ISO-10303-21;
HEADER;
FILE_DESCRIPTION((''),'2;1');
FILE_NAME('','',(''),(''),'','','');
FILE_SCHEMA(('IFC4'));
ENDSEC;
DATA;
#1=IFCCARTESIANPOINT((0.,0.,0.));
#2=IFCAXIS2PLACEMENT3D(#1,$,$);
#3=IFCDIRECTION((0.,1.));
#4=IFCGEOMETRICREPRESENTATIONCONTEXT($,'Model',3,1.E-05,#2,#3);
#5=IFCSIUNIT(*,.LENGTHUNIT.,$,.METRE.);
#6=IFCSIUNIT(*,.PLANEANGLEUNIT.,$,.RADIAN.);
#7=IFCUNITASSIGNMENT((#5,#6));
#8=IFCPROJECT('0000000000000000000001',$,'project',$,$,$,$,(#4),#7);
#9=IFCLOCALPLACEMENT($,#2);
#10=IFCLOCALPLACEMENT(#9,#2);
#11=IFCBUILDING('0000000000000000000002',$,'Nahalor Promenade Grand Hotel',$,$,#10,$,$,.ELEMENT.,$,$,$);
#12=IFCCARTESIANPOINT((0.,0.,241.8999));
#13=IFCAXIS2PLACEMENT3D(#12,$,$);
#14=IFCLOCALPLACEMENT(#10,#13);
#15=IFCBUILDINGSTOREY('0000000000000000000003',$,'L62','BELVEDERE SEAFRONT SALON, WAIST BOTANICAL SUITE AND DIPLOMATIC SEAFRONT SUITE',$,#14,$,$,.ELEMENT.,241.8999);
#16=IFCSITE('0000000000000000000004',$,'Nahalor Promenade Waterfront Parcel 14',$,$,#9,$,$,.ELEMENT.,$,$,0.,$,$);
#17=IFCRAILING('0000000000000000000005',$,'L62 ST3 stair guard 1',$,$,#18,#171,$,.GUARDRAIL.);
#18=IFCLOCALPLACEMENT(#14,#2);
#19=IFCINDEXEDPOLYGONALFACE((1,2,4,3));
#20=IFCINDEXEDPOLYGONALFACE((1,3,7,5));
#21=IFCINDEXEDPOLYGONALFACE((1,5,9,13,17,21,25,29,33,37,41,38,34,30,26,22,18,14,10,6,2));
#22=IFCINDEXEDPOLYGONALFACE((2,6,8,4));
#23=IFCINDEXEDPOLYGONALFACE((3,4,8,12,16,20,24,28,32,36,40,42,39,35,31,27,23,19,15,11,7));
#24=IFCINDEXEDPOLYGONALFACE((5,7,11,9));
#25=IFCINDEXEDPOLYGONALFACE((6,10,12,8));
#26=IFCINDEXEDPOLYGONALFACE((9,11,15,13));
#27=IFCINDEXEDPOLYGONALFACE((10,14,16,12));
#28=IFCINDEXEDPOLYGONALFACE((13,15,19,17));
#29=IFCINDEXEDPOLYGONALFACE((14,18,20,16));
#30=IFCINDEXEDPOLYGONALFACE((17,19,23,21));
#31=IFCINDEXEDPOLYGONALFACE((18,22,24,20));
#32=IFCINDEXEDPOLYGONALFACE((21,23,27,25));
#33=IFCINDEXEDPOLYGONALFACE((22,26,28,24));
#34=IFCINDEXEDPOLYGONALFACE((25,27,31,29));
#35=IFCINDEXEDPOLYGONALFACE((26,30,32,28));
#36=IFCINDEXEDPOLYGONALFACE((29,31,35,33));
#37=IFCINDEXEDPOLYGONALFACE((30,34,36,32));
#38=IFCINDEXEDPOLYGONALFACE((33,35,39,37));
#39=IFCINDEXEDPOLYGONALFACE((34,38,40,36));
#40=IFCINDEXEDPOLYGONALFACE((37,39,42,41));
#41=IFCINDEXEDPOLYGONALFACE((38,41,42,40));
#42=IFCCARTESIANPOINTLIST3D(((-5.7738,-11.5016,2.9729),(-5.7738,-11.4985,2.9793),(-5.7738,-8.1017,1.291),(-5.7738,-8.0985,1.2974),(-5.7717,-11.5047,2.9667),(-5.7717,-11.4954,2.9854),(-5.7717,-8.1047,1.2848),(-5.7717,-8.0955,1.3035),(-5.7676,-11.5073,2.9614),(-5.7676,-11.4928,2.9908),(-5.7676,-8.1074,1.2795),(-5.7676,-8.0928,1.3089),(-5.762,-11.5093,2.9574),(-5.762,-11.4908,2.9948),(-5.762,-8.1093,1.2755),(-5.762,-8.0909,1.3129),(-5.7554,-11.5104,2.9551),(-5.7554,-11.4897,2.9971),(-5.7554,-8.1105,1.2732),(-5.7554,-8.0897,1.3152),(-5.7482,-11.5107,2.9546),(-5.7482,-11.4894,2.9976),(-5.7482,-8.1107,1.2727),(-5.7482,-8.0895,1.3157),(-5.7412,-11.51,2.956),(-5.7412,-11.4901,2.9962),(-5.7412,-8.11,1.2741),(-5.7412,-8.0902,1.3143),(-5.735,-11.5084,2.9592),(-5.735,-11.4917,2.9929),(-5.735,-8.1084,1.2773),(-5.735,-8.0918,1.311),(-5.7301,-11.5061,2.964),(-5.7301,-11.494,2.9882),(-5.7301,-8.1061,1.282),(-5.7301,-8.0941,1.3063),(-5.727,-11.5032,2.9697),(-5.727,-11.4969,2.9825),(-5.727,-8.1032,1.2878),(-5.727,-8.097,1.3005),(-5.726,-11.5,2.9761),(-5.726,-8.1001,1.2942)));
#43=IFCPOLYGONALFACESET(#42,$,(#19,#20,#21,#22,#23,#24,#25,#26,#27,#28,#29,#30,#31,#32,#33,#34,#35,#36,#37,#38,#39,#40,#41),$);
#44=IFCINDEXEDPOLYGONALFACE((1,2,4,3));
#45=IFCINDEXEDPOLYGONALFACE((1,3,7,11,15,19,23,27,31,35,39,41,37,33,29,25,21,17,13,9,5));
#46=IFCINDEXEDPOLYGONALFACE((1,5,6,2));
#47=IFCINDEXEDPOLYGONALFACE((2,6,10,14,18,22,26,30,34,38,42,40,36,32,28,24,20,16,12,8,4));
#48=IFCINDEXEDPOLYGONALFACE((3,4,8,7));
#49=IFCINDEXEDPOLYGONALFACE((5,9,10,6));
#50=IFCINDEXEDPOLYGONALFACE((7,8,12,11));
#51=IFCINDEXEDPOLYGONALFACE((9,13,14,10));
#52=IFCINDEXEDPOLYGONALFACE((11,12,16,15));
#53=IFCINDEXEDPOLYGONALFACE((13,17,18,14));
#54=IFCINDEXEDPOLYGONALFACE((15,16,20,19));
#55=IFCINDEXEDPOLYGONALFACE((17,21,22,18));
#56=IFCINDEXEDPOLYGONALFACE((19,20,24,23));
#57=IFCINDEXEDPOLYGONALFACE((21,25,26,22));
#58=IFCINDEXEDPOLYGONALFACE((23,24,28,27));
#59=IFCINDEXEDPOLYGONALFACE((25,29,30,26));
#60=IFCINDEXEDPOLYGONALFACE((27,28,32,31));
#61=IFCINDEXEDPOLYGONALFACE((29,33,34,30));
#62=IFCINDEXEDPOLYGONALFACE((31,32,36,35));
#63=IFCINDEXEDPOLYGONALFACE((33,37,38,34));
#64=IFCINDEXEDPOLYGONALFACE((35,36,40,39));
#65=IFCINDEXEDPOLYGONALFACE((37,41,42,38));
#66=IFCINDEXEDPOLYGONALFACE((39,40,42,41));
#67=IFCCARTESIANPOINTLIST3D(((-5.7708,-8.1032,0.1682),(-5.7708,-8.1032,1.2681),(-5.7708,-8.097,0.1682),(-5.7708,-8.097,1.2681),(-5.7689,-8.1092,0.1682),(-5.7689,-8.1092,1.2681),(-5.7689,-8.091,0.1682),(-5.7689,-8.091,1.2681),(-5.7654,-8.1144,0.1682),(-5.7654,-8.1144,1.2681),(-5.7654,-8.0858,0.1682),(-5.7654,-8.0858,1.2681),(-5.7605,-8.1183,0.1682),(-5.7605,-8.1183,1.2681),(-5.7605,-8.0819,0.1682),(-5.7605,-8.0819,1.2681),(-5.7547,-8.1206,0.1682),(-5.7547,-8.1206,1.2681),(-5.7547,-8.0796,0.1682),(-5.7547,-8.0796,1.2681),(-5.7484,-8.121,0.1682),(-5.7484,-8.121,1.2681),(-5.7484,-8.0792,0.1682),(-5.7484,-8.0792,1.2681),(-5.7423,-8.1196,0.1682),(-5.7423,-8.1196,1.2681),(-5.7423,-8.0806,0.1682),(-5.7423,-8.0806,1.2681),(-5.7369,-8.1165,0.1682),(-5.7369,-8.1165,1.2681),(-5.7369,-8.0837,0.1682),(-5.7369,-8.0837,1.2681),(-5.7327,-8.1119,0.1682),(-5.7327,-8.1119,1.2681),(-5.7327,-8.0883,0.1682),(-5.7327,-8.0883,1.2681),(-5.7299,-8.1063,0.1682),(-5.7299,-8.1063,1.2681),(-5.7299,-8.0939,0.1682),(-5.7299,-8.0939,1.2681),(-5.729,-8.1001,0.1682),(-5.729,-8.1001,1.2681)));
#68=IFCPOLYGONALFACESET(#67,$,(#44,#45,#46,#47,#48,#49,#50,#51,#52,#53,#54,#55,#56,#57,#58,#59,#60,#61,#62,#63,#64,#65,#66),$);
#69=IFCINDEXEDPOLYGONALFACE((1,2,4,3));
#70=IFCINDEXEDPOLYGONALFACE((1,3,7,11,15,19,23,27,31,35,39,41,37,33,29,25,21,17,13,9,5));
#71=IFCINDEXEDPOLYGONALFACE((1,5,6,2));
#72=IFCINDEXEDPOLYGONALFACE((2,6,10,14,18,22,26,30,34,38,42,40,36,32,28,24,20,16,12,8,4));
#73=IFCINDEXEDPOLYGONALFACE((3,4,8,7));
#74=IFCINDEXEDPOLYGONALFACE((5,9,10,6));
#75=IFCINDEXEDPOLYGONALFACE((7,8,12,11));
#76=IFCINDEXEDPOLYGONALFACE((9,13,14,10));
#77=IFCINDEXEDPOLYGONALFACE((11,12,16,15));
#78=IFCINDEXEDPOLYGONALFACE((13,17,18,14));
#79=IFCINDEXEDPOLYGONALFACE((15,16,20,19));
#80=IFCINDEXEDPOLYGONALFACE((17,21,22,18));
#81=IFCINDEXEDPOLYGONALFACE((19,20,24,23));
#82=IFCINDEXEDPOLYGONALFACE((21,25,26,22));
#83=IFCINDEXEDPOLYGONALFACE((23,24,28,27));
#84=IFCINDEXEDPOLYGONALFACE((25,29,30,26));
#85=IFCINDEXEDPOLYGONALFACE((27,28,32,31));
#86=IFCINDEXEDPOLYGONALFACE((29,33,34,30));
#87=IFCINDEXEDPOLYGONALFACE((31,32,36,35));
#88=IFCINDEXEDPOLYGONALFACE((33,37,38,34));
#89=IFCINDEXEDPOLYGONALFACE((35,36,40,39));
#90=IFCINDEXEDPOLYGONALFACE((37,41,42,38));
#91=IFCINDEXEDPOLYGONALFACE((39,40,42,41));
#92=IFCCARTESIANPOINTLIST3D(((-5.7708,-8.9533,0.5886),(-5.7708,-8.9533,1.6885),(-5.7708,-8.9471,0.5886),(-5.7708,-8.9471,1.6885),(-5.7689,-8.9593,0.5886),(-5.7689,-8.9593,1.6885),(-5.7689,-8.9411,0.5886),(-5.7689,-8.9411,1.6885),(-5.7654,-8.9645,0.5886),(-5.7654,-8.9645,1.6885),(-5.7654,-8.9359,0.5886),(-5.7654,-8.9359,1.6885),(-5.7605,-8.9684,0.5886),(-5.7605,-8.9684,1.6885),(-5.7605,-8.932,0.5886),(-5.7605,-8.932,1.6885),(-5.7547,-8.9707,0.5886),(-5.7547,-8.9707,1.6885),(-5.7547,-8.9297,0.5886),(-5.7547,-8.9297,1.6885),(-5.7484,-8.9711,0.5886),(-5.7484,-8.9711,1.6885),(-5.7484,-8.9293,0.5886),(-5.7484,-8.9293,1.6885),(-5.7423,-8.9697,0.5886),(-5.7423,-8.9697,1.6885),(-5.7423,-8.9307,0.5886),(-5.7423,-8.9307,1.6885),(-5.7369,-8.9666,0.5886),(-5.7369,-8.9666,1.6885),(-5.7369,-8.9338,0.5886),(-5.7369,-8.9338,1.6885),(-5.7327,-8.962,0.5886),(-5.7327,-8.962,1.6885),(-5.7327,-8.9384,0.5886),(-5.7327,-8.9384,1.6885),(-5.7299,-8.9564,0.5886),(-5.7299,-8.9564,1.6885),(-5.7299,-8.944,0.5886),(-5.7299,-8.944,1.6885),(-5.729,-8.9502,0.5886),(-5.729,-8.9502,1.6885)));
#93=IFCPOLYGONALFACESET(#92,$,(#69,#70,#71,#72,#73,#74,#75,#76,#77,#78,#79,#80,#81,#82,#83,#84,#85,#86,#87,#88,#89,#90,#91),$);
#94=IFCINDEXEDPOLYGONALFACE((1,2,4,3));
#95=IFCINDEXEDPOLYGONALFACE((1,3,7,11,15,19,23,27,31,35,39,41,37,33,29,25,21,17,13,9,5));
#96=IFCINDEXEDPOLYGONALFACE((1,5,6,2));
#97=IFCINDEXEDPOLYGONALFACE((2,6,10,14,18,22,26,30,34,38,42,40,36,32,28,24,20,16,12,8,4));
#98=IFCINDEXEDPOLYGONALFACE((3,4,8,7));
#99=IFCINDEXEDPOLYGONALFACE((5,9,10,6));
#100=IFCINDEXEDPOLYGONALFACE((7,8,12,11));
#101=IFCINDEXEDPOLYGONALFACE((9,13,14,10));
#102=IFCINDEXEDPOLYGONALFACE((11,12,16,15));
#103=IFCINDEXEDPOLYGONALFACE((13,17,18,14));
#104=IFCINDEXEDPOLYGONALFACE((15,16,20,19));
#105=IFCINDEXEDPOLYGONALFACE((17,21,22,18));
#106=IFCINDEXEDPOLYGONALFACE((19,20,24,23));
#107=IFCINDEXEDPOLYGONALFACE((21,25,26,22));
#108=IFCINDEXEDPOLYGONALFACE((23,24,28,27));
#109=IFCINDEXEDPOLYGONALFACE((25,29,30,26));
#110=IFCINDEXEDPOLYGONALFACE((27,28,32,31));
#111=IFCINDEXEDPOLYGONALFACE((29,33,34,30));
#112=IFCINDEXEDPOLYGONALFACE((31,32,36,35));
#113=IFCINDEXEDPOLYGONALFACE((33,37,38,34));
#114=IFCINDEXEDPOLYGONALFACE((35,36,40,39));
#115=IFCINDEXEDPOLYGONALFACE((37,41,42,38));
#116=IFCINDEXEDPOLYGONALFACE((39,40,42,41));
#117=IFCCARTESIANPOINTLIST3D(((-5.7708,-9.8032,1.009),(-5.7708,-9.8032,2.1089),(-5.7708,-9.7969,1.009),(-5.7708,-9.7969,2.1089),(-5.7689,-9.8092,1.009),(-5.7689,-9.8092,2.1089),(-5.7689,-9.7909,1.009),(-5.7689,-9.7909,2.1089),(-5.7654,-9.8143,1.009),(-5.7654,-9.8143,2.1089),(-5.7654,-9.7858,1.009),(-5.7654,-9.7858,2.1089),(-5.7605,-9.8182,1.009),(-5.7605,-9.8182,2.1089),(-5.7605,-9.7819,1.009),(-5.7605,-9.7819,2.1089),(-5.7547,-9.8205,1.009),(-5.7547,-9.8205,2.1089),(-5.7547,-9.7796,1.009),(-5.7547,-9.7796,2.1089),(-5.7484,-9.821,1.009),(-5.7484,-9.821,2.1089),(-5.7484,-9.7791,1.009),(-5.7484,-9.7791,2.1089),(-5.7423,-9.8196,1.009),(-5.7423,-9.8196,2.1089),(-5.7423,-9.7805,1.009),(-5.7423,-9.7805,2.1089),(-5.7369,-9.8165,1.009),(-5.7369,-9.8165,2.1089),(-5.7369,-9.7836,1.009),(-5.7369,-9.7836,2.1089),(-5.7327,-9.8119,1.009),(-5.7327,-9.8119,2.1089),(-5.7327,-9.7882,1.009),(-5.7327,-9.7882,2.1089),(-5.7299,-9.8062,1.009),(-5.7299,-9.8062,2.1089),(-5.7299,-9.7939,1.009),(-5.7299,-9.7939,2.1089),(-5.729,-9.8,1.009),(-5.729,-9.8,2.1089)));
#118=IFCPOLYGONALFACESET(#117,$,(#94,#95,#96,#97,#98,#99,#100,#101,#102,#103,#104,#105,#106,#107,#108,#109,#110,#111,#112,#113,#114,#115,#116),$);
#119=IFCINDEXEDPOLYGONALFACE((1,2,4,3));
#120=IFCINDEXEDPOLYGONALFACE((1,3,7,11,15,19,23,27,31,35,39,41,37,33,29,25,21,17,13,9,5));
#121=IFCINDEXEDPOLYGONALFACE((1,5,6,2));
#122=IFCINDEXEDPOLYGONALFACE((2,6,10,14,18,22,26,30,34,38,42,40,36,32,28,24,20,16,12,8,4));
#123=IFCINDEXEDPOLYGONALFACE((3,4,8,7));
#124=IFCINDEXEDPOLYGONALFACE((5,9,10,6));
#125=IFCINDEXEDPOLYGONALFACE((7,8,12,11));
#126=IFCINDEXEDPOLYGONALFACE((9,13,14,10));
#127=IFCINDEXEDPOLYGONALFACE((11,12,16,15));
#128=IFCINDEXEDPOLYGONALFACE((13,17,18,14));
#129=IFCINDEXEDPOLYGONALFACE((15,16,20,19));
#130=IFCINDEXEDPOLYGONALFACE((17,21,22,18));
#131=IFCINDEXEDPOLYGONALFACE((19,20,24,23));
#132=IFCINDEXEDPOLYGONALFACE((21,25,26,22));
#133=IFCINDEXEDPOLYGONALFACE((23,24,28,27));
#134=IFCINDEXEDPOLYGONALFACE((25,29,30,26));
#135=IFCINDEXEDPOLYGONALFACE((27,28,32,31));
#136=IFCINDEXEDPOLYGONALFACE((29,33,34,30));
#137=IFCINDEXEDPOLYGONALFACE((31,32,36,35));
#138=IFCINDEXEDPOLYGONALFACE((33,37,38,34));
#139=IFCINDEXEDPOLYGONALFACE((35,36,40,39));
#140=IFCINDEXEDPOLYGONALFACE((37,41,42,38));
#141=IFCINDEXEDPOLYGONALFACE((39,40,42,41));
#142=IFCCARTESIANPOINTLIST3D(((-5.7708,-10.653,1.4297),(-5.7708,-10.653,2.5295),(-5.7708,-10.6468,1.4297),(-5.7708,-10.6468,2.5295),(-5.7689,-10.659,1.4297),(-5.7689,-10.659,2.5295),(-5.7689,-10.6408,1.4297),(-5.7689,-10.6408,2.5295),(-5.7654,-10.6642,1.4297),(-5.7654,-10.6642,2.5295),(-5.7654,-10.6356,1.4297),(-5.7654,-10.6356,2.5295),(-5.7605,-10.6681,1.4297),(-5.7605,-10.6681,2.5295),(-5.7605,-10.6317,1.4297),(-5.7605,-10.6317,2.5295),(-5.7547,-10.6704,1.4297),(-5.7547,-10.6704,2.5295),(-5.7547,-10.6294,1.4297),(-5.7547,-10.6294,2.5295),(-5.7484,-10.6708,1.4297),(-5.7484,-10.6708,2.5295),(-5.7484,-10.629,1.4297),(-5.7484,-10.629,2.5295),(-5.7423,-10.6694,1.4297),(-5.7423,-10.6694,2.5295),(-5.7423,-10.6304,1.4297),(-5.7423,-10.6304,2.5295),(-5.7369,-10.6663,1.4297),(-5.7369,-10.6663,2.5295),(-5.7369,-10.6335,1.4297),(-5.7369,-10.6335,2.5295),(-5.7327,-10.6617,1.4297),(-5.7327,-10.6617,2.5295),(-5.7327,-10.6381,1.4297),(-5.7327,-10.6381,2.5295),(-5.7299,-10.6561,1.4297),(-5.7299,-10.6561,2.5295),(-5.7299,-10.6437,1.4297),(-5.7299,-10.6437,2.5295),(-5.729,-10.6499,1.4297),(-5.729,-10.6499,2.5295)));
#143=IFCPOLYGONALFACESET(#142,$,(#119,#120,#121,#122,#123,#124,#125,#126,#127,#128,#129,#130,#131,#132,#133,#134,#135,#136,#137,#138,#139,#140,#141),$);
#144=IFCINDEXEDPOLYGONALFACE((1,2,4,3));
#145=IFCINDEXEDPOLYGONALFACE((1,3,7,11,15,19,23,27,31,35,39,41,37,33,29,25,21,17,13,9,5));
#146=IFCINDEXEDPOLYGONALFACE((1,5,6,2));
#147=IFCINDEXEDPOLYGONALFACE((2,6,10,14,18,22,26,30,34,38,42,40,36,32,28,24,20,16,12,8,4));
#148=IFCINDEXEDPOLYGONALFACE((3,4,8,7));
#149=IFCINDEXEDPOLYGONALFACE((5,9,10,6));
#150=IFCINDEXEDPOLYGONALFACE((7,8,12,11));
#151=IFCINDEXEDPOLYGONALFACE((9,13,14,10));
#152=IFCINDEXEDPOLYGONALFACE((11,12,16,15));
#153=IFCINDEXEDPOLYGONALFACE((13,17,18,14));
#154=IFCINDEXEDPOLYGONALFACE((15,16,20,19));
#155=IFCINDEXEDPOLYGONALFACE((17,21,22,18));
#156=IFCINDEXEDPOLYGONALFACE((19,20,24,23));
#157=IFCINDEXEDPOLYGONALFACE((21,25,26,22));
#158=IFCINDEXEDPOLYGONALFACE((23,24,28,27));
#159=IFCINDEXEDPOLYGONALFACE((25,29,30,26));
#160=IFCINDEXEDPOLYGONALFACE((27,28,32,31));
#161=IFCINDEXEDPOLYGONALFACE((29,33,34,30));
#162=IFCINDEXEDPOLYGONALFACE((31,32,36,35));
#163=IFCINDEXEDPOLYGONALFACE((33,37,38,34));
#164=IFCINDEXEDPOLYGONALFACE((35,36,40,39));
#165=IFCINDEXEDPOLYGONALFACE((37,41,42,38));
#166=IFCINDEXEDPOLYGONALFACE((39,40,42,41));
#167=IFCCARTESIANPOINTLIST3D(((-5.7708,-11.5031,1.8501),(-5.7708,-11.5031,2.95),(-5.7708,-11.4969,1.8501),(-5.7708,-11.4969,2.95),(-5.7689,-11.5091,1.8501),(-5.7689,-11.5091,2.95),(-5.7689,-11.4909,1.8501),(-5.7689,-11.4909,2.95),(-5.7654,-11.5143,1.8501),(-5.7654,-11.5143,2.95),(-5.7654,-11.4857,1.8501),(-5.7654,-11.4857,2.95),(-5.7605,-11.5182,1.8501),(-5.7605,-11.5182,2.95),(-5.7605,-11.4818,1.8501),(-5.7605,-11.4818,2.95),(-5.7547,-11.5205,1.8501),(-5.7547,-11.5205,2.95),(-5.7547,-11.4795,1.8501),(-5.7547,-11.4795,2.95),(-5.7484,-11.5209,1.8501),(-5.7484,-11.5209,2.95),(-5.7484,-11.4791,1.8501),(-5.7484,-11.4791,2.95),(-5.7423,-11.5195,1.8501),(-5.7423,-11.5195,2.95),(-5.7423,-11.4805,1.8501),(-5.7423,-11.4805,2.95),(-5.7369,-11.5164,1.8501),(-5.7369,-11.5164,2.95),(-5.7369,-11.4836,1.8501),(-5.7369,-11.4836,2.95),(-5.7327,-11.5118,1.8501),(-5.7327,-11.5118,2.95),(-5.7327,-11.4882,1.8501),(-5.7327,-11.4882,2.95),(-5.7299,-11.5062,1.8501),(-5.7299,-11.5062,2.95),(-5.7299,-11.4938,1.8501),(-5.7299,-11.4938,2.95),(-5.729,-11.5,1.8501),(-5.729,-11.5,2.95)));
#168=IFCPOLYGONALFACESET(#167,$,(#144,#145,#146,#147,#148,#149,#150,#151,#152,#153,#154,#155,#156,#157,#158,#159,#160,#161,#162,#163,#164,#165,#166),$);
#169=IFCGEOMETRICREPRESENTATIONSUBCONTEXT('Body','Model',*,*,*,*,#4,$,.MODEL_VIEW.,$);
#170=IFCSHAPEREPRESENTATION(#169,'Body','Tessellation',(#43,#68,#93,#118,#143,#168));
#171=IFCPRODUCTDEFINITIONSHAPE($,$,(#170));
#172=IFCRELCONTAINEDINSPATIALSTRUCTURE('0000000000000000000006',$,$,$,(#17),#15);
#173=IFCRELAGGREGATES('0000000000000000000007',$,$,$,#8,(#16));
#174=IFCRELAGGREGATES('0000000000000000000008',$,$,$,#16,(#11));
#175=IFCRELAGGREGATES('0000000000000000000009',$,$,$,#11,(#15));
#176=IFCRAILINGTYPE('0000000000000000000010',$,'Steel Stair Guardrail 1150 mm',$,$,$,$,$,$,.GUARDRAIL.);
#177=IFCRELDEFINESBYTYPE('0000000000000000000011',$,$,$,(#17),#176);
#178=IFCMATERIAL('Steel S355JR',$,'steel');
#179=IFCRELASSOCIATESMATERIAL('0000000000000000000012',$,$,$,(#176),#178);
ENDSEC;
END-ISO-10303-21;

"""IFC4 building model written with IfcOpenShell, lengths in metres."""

from ifc_helpers import new_model, si_unit, direction, frame, origin, origin_2d, place, context, subcontext, project, spatial, circle, extrude, material, type_object, element, save


model = new_model("IFC4")

# Units and contexts
model_context = context("Model", 3, precision=1e-05, world=origin(), true_north=direction((0.0, 1.0)))
body_context = subcontext(model_context, "Body", "Model", "MODEL_VIEW")
ifc_project = project(units=[si_unit("LENGTHUNIT", "METRE"), si_unit("PLANEANGLEUNIT", "RADIAN")], contexts=[model_context])

# Site, building, storey
site_placement = place(None, origin())
site = spatial("IfcSite", under=ifc_project, at=site_placement, Name="Nahalor Promenade Waterfront Parcel 14", CompositionType="ELEMENT", RefElevation=0.0)
building_placement = place(site_placement, origin())
building = spatial("IfcBuilding", under=site, at=building_placement, Name="Nahalor Promenade Grand Hotel", CompositionType="ELEMENT")
storey_placement = place(building_placement, frame((0.0, 0.0, 241.8999)))
storey = spatial("IfcBuildingStorey", under=building, at=storey_placement, Name="L62", Description="BELVEDERE SEAFRONT SALON, WAIST BOTANICAL SUITE AND DIPLOMATIC SEAFRONT SUITE", CompositionType="ELEMENT", Elevation=241.8999)

# Shared definitions
ifc_material_1 = material(Name="Steel S355JR", Category="steel")

# Railing
railing_type_1 = type_object("IfcRailingType", Name="Steel Stair Guardrail 1150 mm", PredefinedType="GUARDRAIL", material=ifc_material_1)
railing_1_placement = place(storey_placement, frame((-5.75, -8.1001, 0.1682)))
element("IfcRailing", 1, at=railing_1_placement, inside=storey, type_object=railing_type_1, Name="L62 ST3 stair guard 1", PredefinedType="GUARDRAIL", context=body_context, shape_type="SweptSolid", body=[
    extrude(circle(Radius=0.024, at=origin_2d()), frame((0.0, 0.0, 1.126), z_axis=(0.0, -0.896324, 0.443399), x_axis=(1.0, 0.0, 0.0)), (0.0, 0.0, 1.0), 3.7932),
    extrude(circle(Radius=0.021, at=origin_2d()), origin(), (0.0, 0.0, 1.0), 1.0999),
    extrude(circle(Radius=0.021, at=origin_2d()), frame((0.0, -0.8501, 0.4204)), (0.0, 0.0, 1.0), 1.0999),
    extrude(circle(Radius=0.021, at=origin_2d()), frame((0.0, -1.7, 0.8408)), (0.0, 0.0, 1.0), 1.0999),
    extrude(circle(Radius=0.021, at=origin_2d()), frame((0.0, -2.5498, 1.2615)), (0.0, 0.0, 1.0), 1.0999),
    extrude(circle(Radius=0.021, at=origin_2d()), frame((0.0, -3.3999, 1.6819)), (0.0, 0.0, 1.0), 1.0999),
])

save(model, "model.ifc")
